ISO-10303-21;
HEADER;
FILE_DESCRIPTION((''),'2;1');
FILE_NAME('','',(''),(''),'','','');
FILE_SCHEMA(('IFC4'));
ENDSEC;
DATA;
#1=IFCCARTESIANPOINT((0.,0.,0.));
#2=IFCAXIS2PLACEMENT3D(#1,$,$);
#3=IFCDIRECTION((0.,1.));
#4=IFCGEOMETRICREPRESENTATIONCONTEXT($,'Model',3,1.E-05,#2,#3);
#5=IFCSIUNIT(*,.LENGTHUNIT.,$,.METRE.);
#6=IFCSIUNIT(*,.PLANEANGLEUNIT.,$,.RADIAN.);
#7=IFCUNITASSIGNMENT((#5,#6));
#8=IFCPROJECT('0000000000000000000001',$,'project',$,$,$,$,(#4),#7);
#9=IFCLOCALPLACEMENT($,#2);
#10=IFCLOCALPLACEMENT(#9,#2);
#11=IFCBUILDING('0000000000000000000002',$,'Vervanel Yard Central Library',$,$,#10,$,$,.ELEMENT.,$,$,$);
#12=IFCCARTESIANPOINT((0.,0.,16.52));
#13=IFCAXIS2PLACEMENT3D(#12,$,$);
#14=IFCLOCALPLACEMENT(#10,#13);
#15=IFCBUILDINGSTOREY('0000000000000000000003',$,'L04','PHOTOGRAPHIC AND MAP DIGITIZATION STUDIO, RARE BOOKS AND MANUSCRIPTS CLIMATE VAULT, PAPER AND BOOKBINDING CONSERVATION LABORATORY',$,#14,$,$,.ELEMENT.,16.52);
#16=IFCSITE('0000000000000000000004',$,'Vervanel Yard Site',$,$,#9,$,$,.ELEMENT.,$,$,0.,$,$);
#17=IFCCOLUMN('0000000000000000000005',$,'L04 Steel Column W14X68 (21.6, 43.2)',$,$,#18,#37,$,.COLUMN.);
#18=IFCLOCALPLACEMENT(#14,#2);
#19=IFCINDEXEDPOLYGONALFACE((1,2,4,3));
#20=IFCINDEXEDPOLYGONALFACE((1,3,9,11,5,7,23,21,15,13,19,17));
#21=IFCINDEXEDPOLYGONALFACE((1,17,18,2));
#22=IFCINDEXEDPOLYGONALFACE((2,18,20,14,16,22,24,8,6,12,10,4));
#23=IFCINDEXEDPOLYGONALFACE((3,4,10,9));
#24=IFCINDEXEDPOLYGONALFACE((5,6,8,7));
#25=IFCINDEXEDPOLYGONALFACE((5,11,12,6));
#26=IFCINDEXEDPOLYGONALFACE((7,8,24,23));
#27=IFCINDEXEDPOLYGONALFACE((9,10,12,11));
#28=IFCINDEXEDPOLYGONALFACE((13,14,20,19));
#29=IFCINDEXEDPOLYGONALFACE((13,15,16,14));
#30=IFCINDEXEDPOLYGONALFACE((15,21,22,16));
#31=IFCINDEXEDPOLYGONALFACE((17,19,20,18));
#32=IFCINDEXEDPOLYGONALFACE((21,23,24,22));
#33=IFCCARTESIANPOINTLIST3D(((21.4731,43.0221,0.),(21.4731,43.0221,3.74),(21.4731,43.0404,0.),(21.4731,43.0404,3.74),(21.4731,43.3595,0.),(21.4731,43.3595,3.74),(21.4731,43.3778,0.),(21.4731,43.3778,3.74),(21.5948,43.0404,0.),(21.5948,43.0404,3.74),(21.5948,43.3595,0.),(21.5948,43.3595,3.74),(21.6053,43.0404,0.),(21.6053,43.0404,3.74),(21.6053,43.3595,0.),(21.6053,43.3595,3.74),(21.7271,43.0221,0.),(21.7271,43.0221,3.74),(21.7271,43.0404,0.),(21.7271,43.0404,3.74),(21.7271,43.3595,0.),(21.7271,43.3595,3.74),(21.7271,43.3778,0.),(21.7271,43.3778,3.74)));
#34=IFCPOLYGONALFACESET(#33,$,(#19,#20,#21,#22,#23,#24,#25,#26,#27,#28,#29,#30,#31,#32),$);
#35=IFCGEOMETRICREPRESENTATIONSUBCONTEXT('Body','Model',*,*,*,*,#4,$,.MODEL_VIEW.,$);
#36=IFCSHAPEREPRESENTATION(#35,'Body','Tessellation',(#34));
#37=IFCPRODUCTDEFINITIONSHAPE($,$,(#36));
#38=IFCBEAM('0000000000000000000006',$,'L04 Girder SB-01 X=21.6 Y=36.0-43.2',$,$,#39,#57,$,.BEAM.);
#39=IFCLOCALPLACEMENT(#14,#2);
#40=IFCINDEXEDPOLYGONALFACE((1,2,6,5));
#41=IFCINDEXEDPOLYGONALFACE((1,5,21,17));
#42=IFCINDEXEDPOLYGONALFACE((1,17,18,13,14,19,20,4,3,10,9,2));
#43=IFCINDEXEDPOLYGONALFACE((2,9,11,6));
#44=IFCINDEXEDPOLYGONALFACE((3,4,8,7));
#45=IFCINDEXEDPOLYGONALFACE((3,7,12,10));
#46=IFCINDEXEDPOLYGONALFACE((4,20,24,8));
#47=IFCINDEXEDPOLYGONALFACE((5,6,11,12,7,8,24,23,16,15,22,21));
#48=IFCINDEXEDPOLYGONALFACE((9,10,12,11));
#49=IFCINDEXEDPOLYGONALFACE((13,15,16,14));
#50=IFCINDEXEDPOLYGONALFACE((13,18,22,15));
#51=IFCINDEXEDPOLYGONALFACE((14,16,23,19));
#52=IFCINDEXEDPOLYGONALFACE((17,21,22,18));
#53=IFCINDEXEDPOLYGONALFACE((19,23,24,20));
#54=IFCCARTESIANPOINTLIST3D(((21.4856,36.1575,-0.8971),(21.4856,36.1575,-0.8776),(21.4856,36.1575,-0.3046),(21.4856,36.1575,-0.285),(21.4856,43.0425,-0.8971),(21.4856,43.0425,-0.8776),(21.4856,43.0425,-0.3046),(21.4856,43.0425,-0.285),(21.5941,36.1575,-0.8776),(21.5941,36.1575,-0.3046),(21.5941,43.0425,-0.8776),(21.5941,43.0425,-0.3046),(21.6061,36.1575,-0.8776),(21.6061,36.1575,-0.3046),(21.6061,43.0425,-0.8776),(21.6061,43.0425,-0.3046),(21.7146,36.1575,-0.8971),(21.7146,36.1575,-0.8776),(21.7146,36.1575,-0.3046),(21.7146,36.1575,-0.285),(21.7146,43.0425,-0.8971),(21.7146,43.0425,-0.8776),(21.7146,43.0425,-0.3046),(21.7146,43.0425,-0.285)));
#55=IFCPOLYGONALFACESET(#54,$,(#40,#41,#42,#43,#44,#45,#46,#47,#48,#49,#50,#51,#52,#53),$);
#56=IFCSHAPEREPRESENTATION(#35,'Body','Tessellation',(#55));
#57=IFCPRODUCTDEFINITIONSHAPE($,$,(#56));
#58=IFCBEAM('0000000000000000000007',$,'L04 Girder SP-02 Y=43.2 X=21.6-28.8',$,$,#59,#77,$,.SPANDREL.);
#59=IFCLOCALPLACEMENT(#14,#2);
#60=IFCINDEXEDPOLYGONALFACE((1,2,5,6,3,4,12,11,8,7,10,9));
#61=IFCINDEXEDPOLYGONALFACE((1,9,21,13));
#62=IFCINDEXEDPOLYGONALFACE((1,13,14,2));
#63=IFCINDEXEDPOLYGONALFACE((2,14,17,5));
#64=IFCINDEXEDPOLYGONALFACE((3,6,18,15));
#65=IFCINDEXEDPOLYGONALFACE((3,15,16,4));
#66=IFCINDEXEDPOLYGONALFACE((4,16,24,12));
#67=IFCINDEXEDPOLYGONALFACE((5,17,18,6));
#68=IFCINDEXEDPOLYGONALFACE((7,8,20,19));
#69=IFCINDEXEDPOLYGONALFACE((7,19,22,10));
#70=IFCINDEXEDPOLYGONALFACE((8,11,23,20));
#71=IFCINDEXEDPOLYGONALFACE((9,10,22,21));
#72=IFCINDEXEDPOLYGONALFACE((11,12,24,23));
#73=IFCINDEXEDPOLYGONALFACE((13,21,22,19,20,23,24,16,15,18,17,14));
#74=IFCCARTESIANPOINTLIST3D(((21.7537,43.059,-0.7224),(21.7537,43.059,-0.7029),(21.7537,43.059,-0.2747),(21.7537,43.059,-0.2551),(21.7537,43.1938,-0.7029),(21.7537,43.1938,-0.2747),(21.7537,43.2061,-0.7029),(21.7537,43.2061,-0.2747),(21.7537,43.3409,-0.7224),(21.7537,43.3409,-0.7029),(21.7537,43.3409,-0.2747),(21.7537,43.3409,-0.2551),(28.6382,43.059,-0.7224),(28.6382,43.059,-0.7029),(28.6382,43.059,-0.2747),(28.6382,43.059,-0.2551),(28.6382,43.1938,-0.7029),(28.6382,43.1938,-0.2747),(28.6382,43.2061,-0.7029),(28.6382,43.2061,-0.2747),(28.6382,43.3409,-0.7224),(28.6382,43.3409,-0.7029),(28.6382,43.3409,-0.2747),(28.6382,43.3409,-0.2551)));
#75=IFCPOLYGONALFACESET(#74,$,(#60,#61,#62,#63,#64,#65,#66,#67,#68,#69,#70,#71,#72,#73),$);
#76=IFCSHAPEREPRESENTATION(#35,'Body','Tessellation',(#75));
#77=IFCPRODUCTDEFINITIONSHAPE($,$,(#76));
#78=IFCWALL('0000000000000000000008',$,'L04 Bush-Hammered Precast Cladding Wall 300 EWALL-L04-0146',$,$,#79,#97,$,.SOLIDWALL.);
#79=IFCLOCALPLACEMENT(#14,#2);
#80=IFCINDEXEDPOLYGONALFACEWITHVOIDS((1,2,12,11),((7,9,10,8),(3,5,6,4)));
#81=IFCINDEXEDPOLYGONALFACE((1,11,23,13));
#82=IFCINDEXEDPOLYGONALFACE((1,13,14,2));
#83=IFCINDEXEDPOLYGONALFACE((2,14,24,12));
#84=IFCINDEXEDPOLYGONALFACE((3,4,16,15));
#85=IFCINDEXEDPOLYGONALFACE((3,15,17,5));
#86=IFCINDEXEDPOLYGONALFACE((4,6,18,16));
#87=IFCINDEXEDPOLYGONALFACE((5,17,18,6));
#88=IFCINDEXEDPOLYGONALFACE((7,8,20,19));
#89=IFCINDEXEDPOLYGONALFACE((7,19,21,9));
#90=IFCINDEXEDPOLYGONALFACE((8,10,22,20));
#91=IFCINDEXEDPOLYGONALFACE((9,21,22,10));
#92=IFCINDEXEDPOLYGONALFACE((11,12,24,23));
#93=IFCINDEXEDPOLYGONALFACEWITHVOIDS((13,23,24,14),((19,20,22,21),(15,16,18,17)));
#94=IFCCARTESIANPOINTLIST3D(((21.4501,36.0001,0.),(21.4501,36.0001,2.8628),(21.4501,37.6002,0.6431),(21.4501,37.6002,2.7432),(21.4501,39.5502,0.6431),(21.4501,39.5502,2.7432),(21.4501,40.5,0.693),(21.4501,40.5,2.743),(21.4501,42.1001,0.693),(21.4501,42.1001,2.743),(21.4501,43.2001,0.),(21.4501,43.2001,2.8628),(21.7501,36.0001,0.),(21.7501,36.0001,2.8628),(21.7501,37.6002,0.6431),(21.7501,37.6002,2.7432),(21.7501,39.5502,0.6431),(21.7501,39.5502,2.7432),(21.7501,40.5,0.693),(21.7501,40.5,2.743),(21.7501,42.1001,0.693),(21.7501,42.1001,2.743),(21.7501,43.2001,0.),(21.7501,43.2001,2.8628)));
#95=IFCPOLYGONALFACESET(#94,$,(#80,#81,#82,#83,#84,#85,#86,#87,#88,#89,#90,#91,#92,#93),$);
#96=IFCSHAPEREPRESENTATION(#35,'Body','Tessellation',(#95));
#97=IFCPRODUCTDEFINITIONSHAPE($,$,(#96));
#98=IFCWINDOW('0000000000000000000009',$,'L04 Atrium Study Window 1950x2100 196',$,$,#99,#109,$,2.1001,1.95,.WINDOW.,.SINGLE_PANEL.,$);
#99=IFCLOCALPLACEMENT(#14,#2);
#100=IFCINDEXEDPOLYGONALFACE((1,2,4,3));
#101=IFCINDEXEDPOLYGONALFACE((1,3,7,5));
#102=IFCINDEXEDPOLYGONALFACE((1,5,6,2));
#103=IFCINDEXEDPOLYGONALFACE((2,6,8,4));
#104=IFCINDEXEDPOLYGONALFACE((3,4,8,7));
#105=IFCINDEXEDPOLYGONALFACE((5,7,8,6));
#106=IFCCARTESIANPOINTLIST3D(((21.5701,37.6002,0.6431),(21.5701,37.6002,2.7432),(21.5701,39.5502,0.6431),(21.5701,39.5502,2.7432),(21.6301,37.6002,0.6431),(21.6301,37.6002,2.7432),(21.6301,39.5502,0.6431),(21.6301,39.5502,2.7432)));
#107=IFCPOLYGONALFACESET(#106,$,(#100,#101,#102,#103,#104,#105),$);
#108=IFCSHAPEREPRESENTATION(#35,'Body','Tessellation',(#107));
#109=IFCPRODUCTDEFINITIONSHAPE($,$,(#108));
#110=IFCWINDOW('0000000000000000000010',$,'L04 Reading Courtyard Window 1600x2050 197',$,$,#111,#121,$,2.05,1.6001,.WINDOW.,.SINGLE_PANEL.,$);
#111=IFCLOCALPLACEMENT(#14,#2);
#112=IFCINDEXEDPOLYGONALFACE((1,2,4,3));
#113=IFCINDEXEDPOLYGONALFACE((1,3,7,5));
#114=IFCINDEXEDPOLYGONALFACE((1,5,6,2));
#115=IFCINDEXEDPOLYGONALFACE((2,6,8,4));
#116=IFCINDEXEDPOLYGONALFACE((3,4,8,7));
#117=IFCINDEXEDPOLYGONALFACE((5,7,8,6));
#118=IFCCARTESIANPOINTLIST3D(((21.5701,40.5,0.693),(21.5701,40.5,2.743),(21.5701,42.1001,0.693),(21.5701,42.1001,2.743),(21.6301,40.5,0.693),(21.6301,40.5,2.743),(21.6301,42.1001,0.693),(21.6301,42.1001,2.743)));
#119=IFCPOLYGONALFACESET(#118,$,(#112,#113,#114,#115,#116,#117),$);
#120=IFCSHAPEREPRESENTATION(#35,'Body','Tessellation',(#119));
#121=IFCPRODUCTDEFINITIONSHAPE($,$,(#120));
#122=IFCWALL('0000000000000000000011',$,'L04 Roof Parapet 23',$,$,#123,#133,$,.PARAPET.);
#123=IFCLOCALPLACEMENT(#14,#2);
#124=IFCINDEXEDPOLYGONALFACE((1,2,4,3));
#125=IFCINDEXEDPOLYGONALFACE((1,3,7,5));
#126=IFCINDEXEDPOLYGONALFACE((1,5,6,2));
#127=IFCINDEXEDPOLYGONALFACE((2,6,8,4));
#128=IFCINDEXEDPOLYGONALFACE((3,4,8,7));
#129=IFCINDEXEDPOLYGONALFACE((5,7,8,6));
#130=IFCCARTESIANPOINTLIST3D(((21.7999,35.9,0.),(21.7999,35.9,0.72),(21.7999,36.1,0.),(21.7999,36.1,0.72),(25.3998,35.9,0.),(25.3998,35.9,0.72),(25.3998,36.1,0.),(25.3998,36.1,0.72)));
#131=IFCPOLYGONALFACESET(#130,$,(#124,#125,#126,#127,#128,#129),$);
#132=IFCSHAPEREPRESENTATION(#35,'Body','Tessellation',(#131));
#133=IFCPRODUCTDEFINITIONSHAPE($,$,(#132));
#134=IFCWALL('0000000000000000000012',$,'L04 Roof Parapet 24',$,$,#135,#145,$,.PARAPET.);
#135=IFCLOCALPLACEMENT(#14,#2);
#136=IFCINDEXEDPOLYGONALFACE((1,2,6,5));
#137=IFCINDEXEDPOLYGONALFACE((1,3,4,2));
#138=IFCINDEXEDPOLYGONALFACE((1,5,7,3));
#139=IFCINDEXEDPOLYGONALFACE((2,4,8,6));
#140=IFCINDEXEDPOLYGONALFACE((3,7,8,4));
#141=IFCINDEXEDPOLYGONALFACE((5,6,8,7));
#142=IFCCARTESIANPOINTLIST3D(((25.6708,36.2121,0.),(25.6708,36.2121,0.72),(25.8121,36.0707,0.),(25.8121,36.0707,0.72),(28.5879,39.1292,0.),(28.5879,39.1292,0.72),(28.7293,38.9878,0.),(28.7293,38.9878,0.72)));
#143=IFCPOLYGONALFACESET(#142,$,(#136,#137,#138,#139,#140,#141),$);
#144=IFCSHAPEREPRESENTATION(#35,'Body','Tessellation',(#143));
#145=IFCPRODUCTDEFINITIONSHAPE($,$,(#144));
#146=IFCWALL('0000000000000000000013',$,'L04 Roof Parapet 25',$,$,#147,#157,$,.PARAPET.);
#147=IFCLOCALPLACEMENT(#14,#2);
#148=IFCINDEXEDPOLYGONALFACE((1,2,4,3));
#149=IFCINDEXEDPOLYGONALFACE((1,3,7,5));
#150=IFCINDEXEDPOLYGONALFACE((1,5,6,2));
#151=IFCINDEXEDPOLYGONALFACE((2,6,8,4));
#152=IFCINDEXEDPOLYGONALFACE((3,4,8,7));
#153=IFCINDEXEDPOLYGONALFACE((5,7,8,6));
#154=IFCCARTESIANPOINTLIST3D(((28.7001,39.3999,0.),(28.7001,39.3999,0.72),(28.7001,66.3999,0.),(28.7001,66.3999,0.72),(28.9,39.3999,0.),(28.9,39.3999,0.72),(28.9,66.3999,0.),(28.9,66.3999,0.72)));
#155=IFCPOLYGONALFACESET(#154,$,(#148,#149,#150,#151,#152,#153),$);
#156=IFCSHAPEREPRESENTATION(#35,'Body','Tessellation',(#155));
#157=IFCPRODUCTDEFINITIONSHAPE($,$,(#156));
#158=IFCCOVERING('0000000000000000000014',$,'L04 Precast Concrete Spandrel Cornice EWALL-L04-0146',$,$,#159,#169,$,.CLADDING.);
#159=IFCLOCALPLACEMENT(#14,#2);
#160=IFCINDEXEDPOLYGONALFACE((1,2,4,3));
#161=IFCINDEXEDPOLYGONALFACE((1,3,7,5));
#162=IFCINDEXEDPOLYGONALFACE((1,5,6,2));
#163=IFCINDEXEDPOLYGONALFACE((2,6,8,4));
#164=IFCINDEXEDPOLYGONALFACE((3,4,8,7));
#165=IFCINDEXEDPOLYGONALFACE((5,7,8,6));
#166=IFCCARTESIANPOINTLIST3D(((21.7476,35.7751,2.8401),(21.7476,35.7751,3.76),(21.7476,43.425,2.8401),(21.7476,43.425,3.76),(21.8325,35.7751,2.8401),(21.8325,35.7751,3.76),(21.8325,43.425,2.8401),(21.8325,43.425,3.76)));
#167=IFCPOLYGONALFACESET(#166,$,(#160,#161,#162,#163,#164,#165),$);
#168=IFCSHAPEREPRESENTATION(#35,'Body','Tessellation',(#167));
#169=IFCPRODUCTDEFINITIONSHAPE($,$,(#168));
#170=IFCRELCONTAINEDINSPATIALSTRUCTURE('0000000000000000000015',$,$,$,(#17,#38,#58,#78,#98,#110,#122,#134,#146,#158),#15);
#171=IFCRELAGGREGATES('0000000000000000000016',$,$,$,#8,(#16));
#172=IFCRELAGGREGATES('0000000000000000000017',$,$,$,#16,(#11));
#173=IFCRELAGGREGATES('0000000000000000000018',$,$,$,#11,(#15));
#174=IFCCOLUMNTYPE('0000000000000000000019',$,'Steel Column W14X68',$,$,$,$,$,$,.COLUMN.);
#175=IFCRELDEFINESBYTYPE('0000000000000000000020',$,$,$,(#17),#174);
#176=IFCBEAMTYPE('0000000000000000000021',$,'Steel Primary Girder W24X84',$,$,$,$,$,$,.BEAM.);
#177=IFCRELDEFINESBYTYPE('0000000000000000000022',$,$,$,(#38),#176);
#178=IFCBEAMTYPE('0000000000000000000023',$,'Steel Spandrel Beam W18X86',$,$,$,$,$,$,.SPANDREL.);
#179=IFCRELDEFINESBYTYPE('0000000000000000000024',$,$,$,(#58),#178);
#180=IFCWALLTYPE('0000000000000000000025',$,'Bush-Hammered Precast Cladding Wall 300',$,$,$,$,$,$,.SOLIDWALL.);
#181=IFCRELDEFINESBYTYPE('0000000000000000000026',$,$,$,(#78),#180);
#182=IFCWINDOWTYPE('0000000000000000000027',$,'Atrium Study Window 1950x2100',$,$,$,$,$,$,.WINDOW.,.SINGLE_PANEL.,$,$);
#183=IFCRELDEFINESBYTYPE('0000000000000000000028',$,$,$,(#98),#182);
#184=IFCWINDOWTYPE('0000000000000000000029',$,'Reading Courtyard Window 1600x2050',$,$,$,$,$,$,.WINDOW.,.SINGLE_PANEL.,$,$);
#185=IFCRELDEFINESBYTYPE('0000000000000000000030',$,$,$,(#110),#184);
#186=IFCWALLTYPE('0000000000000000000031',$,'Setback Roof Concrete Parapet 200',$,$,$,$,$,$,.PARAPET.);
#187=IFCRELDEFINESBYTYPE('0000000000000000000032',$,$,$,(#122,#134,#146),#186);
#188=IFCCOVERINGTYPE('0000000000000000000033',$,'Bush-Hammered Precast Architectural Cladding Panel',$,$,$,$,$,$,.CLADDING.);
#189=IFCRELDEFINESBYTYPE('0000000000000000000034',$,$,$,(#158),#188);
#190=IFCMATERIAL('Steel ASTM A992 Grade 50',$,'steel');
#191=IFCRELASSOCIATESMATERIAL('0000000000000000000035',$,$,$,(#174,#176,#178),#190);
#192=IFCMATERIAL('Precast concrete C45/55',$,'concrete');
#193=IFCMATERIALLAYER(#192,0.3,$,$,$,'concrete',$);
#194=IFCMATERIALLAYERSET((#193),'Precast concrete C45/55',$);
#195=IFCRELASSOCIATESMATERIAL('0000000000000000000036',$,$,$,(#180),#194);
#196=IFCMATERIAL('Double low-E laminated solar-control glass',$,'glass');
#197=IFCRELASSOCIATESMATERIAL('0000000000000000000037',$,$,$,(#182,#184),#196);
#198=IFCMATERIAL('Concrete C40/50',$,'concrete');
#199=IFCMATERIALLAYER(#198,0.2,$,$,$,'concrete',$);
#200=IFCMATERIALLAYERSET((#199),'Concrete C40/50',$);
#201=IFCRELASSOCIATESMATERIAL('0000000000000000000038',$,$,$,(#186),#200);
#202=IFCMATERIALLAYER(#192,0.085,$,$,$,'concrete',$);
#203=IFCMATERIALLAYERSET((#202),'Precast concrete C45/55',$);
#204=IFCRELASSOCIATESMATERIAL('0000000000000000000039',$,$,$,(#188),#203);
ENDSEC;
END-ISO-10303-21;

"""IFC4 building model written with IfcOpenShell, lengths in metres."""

from ifc_helpers import new_model, si_unit, direction, frame, frame_2d, origin, origin_2d, place, context, subcontext, project, spatial, rectangle, i_section, extrude, material, layer, layer_set, material_profile, profile_set, type_object, element, fill, save


model = new_model("IFC4")

# Units and contexts
model_context = context("Model", 3, precision=1e-05, world=origin(), true_north=direction((0.0, 1.0)))
body_context = subcontext(model_context, "Body", "Model", "MODEL_VIEW")
ifc_project = project(units=[si_unit("LENGTHUNIT", "METRE"), si_unit("PLANEANGLEUNIT", "RADIAN")], contexts=[model_context])

# Site, building, storey
site_placement = place(None, origin())
site = spatial("IfcSite", under=ifc_project, at=site_placement, Name="Vervanel Yard Site", CompositionType="ELEMENT", RefElevation=0.0)
building_placement = place(site_placement, origin())
building = spatial("IfcBuilding", under=site, at=building_placement, Name="Vervanel Yard Central Library", CompositionType="ELEMENT")
storey_placement = place(building_placement, frame((0.0, 0.0, 16.52)))
storey = spatial("IfcBuildingStorey", under=building, at=storey_placement, Name="L04", Description="PHOTOGRAPHIC AND MAP DIGITIZATION STUDIO, RARE BOOKS AND MANUSCRIPTS CLIMATE VAULT, PAPER AND BOOKBINDING CONSERVATION LABORATORY", CompositionType="ELEMENT", Elevation=16.52)

# Column
ifc_material_1 = material(Name="Steel ASTM A992 Grade 50", Category="steel")
ifc_material_profile_1 = material_profile(ifc_material_1, i_section(OverallWidth=0.2539, OverallDepth=0.3557, WebThickness=0.0105, FlangeThickness=0.0183, at=origin_2d()), Name="W14X68", Category="steel")
ifc_profile_set_1 = profile_set([ifc_material_profile_1], Name="Steel ASTM A992 Grade 50")
column_type = type_object("IfcColumnType", Name="Steel Column W14X68", PredefinedType="COLUMN", material=ifc_profile_set_1)
column_placement = place(storey_placement, frame((21.6001, 43.2, 0.0), z_axis=(0.0, 0.0, 1.0), x_axis=(1.0, 0.0, 0.0)))
element("IfcColumn", 1, at=column_placement, inside=storey, type_object=column_type, Name="L04 Steel Column W14X68 (21.6, 43.2)", PredefinedType="COLUMN", context=body_context, shape_type="SweptSolid", body=[
    extrude(i_section(OverallWidth=0.2539, OverallDepth=0.3557, WebThickness=0.0105, FlangeThickness=0.0183, at=origin_2d()), origin(), (0.0, 0.0, 1.0), 3.74),
])

# Beams
ifc_material_profile_2 = material_profile(ifc_material_1, i_section(OverallWidth=0.229, OverallDepth=0.6121, WebThickness=0.012, FlangeThickness=0.0195, at=origin_2d()), Name="W24X84", Category="steel")
ifc_profile_set_2 = profile_set([ifc_material_profile_2], Name="Steel ASTM A992 Grade 50")
beam_type_1 = type_object("IfcBeamType", Name="Steel Primary Girder W24X84", PredefinedType="BEAM", material=ifc_profile_set_2)
beam_1_placement = place(storey_placement, frame((21.6001, 36.1575, -0.5911), z_axis=(0.0, 1.0, 0.0), x_axis=(-1.0, 0.0, 0.0)))
element("IfcBeam", 2, at=beam_1_placement, inside=storey, type_object=beam_type_1, Name="L04 Girder SB-01 X=21.6 Y=36.0-43.2", PredefinedType="BEAM", context=body_context, shape_type="SweptSolid", body=[
    extrude(i_section(OverallWidth=0.229, OverallDepth=0.6121, WebThickness=0.012, FlangeThickness=0.0195, at=origin_2d()), origin(), (0.0, 0.0, 1.0), 6.885),
])
ifc_material_profile_3 = material_profile(ifc_material_1, i_section(OverallWidth=0.282, OverallDepth=0.4673, WebThickness=0.0122, FlangeThickness=0.0195, at=origin_2d()), Name="W18X86", Category="steel")
ifc_profile_set_3 = profile_set([ifc_material_profile_3], Name="Steel ASTM A992 Grade 50")
beam_type_2 = type_object("IfcBeamType", Name="Steel Spandrel Beam W18X86", PredefinedType="SPANDREL", material=ifc_profile_set_3)
beam_2_placement = place(storey_placement, frame((21.7537, 43.2, -0.4888), z_axis=(1.0, 0.0, 0.0), x_axis=(0.0, 1.0, 0.0)))
element("IfcBeam", 3, at=beam_2_placement, inside=storey, type_object=beam_type_2, Name="L04 Girder SP-02 Y=43.2 X=21.6-28.8", PredefinedType="SPANDREL", context=body_context, shape_type="SweptSolid", body=[
    extrude(i_section(OverallWidth=0.282, OverallDepth=0.4673, WebThickness=0.0122, FlangeThickness=0.0195, at=origin_2d()), origin(), (0.0, 0.0, 1.0), 6.8845),
])

# Wall, openings, windows
ifc_material_2 = material(Name="Precast concrete C45/55", Category="concrete")
ifc_layer_1 = layer(ifc_material_2, 0.3, Category="concrete")
ifc_layer_set_1 = layer_set([ifc_layer_1], Name="Precast concrete C45/55")
wall_type_1 = type_object("IfcWallType", Name="Bush-Hammered Precast Cladding Wall 300", PredefinedType="SOLIDWALL", material=ifc_layer_set_1)
wall_1_placement = place(storey_placement, frame((21.6001, 36.0, 0.0), z_axis=(0.0, 0.0, 1.0), x_axis=(0.0, 1.0, 0.0)))
wall_1 = element("IfcWall", 4, at=wall_1_placement, inside=storey, type_object=wall_type_1, Name="L04 Bush-Hammered Precast Cladding Wall 300 EWALL-L04-0146", PredefinedType="SOLIDWALL", context=body_context, shape_type="SweptSolid", body=[
    extrude(rectangle(XDim=7.2, YDim=0.3, at=frame_2d((3.6001, 0.0))), origin(), (0.0, 0.0, 1.0), 2.8628),
])
opening_1_placement = place(wall_1_placement, frame((1.6001, 0.0, 0.6431)))
opening_1 = element("IfcOpeningElement", 5, at=opening_1_placement, cuts=wall_1, PredefinedType="OPENING", context=body_context, shape_type="SweptSolid", body=[
    extrude(rectangle(XDim=1.95, YDim=2.1001, at=frame_2d((0.9751, 1.05))), frame((0.0, 0.1599, 0.0), z_axis=(0.0, -1.0, 0.0), x_axis=(1.0, 0.0, 0.0)), (0.0, 0.0, 1.0), 0.3201),
])
opening_2_placement = place(wall_1_placement, frame((4.5, 0.0, 0.6931)))
opening_2 = element("IfcOpeningElement", 6, at=opening_2_placement, cuts=wall_1, PredefinedType="OPENING", context=body_context, shape_type="SweptSolid", body=[
    extrude(rectangle(XDim=1.6001, YDim=2.05, at=frame_2d((0.8, 1.0249))), frame((0.0, 0.1599, 0.0), z_axis=(0.0, -1.0, 0.0), x_axis=(1.0, 0.0, 0.0)), (0.0, 0.0, 1.0), 0.3201),
])
ifc_material_3 = material(Name="Double low-E laminated solar-control glass", Category="glass")
window_type_1 = type_object("IfcWindowType", Name="Atrium Study Window 1950x2100", PartitioningType="SINGLE_PANEL", PredefinedType="WINDOW", material=ifc_material_3)
window_1_placement = place(opening_1_placement, origin())
window_1 = element("IfcWindow", 7, at=window_1_placement, inside=storey, type_object=window_type_1, Name="L04 Atrium Study Window 1950x2100 196", OverallHeight=2.1001, OverallWidth=1.95, PartitioningType="SINGLE_PANEL", PredefinedType="WINDOW", context=body_context, shape_type="SweptSolid", body=[
    extrude(rectangle(XDim=1.95, YDim=2.1001, at=frame_2d((0.9751, 1.05))), frame((0.0, 0.03, 0.0), z_axis=(0.0, -1.0, 0.0), x_axis=(1.0, 0.0, 0.0)), (0.0, 0.0, 1.0), 0.0601),
])
fill(opening_1, window_1)
window_type_2 = type_object("IfcWindowType", Name="Reading Courtyard Window 1600x2050", PartitioningType="SINGLE_PANEL", PredefinedType="WINDOW", material=ifc_material_3)
window_2_placement = place(opening_2_placement, origin())
window_2 = element("IfcWindow", 8, at=window_2_placement, inside=storey, type_object=window_type_2, Name="L04 Reading Courtyard Window 1600x2050 197", OverallHeight=2.05, OverallWidth=1.6001, PartitioningType="SINGLE_PANEL", PredefinedType="WINDOW", context=body_context, shape_type="SweptSolid", body=[
    extrude(rectangle(XDim=1.6001, YDim=2.05, at=frame_2d((0.8, 1.0249))), frame((0.0, 0.03, 0.0), z_axis=(0.0, -1.0, 0.0), x_axis=(1.0, 0.0, 0.0)), (0.0, 0.0, 1.0), 0.0601),
])
fill(opening_2, window_2)

# Walls
ifc_material_4 = material(Name="Concrete C40/50", Category="concrete")
ifc_layer_2 = layer(ifc_material_4, 0.2, Category="concrete")
ifc_layer_set_2 = layer_set([ifc_layer_2], Name="Concrete C40/50")
wall_type_2 = type_object("IfcWallType", Name="Setback Roof Concrete Parapet 200", PredefinedType="PARAPET", material=ifc_layer_set_2)
wall_2_placement = place(storey_placement, frame((21.8, 36.0, 0.0), z_axis=(0.0, 0.0, 1.0), x_axis=(1.0, 0.0, 0.0)))
element("IfcWall", 9, at=wall_2_placement, inside=storey, type_object=wall_type_2, Name="L04 Roof Parapet 23", PredefinedType="PARAPET", context=body_context, shape_type="SweptSolid", body=[
    extrude(rectangle(XDim=3.5999, YDim=0.2, at=frame_2d((1.7998, 0.0))), origin(), (0.0, 0.0, 1.0), 0.72),
])
wall_3_placement = place(storey_placement, frame((25.7415, 36.1414, 0.0), z_axis=(0.0, 0.0, 1.0), x_axis=(0.707107, 0.707107, 0.0)))
element("IfcWall", 10, at=wall_3_placement, inside=storey, type_object=wall_type_2, Name="L04 Roof Parapet 24", PredefinedType="PARAPET", context=body_context, shape_type="SweptSolid", body=[
    extrude(rectangle(XDim=4.1255, YDim=0.2, at=frame_2d((2.0627, 0.0))), origin(), (0.0, 0.0, 1.0), 0.72),
])
wall_4_placement = place(storey_placement, frame((28.8, 39.3999, 0.0), z_axis=(0.0, 0.0, 1.0), x_axis=(0.0, 1.0, 0.0)))
element("IfcWall", 11, at=wall_4_placement, inside=storey, type_object=wall_type_2, Name="L04 Roof Parapet 25", PredefinedType="PARAPET", context=body_context, shape_type="SweptSolid", body=[
    extrude(rectangle(XDim=27.0, YDim=0.2, at=frame_2d((13.5, 0.0))), origin(), (0.0, 0.0, 1.0), 0.72),
])

# Covering
ifc_layer_3 = layer(ifc_material_2, 0.085, Category="concrete")
ifc_layer_set_3 = layer_set([ifc_layer_3], Name="Precast concrete C45/55")
covering_type = type_object("IfcCoveringType", Name="Bush-Hammered Precast Architectural Cladding Panel", PredefinedType="CLADDING", material=ifc_layer_set_3)
covering_1_placement = place(storey_placement, frame((21.79, 39.6001, 2.8401), z_axis=(0.0, 0.0, 1.0), x_axis=(0.0, 1.0, 0.0)))
element("IfcCovering", 12, at=covering_1_placement, inside=storey, type_object=covering_type, Name="L04 Precast Concrete Spandrel Cornice EWALL-L04-0146", PredefinedType="CLADDING", context=body_context, shape_type="SweptSolid", body=[
    extrude(rectangle(XDim=7.6499, YDim=0.085, at=origin_2d()), origin(), (0.0, 0.0, 1.0), 0.9199),
])

save(model, "model.ifc")
